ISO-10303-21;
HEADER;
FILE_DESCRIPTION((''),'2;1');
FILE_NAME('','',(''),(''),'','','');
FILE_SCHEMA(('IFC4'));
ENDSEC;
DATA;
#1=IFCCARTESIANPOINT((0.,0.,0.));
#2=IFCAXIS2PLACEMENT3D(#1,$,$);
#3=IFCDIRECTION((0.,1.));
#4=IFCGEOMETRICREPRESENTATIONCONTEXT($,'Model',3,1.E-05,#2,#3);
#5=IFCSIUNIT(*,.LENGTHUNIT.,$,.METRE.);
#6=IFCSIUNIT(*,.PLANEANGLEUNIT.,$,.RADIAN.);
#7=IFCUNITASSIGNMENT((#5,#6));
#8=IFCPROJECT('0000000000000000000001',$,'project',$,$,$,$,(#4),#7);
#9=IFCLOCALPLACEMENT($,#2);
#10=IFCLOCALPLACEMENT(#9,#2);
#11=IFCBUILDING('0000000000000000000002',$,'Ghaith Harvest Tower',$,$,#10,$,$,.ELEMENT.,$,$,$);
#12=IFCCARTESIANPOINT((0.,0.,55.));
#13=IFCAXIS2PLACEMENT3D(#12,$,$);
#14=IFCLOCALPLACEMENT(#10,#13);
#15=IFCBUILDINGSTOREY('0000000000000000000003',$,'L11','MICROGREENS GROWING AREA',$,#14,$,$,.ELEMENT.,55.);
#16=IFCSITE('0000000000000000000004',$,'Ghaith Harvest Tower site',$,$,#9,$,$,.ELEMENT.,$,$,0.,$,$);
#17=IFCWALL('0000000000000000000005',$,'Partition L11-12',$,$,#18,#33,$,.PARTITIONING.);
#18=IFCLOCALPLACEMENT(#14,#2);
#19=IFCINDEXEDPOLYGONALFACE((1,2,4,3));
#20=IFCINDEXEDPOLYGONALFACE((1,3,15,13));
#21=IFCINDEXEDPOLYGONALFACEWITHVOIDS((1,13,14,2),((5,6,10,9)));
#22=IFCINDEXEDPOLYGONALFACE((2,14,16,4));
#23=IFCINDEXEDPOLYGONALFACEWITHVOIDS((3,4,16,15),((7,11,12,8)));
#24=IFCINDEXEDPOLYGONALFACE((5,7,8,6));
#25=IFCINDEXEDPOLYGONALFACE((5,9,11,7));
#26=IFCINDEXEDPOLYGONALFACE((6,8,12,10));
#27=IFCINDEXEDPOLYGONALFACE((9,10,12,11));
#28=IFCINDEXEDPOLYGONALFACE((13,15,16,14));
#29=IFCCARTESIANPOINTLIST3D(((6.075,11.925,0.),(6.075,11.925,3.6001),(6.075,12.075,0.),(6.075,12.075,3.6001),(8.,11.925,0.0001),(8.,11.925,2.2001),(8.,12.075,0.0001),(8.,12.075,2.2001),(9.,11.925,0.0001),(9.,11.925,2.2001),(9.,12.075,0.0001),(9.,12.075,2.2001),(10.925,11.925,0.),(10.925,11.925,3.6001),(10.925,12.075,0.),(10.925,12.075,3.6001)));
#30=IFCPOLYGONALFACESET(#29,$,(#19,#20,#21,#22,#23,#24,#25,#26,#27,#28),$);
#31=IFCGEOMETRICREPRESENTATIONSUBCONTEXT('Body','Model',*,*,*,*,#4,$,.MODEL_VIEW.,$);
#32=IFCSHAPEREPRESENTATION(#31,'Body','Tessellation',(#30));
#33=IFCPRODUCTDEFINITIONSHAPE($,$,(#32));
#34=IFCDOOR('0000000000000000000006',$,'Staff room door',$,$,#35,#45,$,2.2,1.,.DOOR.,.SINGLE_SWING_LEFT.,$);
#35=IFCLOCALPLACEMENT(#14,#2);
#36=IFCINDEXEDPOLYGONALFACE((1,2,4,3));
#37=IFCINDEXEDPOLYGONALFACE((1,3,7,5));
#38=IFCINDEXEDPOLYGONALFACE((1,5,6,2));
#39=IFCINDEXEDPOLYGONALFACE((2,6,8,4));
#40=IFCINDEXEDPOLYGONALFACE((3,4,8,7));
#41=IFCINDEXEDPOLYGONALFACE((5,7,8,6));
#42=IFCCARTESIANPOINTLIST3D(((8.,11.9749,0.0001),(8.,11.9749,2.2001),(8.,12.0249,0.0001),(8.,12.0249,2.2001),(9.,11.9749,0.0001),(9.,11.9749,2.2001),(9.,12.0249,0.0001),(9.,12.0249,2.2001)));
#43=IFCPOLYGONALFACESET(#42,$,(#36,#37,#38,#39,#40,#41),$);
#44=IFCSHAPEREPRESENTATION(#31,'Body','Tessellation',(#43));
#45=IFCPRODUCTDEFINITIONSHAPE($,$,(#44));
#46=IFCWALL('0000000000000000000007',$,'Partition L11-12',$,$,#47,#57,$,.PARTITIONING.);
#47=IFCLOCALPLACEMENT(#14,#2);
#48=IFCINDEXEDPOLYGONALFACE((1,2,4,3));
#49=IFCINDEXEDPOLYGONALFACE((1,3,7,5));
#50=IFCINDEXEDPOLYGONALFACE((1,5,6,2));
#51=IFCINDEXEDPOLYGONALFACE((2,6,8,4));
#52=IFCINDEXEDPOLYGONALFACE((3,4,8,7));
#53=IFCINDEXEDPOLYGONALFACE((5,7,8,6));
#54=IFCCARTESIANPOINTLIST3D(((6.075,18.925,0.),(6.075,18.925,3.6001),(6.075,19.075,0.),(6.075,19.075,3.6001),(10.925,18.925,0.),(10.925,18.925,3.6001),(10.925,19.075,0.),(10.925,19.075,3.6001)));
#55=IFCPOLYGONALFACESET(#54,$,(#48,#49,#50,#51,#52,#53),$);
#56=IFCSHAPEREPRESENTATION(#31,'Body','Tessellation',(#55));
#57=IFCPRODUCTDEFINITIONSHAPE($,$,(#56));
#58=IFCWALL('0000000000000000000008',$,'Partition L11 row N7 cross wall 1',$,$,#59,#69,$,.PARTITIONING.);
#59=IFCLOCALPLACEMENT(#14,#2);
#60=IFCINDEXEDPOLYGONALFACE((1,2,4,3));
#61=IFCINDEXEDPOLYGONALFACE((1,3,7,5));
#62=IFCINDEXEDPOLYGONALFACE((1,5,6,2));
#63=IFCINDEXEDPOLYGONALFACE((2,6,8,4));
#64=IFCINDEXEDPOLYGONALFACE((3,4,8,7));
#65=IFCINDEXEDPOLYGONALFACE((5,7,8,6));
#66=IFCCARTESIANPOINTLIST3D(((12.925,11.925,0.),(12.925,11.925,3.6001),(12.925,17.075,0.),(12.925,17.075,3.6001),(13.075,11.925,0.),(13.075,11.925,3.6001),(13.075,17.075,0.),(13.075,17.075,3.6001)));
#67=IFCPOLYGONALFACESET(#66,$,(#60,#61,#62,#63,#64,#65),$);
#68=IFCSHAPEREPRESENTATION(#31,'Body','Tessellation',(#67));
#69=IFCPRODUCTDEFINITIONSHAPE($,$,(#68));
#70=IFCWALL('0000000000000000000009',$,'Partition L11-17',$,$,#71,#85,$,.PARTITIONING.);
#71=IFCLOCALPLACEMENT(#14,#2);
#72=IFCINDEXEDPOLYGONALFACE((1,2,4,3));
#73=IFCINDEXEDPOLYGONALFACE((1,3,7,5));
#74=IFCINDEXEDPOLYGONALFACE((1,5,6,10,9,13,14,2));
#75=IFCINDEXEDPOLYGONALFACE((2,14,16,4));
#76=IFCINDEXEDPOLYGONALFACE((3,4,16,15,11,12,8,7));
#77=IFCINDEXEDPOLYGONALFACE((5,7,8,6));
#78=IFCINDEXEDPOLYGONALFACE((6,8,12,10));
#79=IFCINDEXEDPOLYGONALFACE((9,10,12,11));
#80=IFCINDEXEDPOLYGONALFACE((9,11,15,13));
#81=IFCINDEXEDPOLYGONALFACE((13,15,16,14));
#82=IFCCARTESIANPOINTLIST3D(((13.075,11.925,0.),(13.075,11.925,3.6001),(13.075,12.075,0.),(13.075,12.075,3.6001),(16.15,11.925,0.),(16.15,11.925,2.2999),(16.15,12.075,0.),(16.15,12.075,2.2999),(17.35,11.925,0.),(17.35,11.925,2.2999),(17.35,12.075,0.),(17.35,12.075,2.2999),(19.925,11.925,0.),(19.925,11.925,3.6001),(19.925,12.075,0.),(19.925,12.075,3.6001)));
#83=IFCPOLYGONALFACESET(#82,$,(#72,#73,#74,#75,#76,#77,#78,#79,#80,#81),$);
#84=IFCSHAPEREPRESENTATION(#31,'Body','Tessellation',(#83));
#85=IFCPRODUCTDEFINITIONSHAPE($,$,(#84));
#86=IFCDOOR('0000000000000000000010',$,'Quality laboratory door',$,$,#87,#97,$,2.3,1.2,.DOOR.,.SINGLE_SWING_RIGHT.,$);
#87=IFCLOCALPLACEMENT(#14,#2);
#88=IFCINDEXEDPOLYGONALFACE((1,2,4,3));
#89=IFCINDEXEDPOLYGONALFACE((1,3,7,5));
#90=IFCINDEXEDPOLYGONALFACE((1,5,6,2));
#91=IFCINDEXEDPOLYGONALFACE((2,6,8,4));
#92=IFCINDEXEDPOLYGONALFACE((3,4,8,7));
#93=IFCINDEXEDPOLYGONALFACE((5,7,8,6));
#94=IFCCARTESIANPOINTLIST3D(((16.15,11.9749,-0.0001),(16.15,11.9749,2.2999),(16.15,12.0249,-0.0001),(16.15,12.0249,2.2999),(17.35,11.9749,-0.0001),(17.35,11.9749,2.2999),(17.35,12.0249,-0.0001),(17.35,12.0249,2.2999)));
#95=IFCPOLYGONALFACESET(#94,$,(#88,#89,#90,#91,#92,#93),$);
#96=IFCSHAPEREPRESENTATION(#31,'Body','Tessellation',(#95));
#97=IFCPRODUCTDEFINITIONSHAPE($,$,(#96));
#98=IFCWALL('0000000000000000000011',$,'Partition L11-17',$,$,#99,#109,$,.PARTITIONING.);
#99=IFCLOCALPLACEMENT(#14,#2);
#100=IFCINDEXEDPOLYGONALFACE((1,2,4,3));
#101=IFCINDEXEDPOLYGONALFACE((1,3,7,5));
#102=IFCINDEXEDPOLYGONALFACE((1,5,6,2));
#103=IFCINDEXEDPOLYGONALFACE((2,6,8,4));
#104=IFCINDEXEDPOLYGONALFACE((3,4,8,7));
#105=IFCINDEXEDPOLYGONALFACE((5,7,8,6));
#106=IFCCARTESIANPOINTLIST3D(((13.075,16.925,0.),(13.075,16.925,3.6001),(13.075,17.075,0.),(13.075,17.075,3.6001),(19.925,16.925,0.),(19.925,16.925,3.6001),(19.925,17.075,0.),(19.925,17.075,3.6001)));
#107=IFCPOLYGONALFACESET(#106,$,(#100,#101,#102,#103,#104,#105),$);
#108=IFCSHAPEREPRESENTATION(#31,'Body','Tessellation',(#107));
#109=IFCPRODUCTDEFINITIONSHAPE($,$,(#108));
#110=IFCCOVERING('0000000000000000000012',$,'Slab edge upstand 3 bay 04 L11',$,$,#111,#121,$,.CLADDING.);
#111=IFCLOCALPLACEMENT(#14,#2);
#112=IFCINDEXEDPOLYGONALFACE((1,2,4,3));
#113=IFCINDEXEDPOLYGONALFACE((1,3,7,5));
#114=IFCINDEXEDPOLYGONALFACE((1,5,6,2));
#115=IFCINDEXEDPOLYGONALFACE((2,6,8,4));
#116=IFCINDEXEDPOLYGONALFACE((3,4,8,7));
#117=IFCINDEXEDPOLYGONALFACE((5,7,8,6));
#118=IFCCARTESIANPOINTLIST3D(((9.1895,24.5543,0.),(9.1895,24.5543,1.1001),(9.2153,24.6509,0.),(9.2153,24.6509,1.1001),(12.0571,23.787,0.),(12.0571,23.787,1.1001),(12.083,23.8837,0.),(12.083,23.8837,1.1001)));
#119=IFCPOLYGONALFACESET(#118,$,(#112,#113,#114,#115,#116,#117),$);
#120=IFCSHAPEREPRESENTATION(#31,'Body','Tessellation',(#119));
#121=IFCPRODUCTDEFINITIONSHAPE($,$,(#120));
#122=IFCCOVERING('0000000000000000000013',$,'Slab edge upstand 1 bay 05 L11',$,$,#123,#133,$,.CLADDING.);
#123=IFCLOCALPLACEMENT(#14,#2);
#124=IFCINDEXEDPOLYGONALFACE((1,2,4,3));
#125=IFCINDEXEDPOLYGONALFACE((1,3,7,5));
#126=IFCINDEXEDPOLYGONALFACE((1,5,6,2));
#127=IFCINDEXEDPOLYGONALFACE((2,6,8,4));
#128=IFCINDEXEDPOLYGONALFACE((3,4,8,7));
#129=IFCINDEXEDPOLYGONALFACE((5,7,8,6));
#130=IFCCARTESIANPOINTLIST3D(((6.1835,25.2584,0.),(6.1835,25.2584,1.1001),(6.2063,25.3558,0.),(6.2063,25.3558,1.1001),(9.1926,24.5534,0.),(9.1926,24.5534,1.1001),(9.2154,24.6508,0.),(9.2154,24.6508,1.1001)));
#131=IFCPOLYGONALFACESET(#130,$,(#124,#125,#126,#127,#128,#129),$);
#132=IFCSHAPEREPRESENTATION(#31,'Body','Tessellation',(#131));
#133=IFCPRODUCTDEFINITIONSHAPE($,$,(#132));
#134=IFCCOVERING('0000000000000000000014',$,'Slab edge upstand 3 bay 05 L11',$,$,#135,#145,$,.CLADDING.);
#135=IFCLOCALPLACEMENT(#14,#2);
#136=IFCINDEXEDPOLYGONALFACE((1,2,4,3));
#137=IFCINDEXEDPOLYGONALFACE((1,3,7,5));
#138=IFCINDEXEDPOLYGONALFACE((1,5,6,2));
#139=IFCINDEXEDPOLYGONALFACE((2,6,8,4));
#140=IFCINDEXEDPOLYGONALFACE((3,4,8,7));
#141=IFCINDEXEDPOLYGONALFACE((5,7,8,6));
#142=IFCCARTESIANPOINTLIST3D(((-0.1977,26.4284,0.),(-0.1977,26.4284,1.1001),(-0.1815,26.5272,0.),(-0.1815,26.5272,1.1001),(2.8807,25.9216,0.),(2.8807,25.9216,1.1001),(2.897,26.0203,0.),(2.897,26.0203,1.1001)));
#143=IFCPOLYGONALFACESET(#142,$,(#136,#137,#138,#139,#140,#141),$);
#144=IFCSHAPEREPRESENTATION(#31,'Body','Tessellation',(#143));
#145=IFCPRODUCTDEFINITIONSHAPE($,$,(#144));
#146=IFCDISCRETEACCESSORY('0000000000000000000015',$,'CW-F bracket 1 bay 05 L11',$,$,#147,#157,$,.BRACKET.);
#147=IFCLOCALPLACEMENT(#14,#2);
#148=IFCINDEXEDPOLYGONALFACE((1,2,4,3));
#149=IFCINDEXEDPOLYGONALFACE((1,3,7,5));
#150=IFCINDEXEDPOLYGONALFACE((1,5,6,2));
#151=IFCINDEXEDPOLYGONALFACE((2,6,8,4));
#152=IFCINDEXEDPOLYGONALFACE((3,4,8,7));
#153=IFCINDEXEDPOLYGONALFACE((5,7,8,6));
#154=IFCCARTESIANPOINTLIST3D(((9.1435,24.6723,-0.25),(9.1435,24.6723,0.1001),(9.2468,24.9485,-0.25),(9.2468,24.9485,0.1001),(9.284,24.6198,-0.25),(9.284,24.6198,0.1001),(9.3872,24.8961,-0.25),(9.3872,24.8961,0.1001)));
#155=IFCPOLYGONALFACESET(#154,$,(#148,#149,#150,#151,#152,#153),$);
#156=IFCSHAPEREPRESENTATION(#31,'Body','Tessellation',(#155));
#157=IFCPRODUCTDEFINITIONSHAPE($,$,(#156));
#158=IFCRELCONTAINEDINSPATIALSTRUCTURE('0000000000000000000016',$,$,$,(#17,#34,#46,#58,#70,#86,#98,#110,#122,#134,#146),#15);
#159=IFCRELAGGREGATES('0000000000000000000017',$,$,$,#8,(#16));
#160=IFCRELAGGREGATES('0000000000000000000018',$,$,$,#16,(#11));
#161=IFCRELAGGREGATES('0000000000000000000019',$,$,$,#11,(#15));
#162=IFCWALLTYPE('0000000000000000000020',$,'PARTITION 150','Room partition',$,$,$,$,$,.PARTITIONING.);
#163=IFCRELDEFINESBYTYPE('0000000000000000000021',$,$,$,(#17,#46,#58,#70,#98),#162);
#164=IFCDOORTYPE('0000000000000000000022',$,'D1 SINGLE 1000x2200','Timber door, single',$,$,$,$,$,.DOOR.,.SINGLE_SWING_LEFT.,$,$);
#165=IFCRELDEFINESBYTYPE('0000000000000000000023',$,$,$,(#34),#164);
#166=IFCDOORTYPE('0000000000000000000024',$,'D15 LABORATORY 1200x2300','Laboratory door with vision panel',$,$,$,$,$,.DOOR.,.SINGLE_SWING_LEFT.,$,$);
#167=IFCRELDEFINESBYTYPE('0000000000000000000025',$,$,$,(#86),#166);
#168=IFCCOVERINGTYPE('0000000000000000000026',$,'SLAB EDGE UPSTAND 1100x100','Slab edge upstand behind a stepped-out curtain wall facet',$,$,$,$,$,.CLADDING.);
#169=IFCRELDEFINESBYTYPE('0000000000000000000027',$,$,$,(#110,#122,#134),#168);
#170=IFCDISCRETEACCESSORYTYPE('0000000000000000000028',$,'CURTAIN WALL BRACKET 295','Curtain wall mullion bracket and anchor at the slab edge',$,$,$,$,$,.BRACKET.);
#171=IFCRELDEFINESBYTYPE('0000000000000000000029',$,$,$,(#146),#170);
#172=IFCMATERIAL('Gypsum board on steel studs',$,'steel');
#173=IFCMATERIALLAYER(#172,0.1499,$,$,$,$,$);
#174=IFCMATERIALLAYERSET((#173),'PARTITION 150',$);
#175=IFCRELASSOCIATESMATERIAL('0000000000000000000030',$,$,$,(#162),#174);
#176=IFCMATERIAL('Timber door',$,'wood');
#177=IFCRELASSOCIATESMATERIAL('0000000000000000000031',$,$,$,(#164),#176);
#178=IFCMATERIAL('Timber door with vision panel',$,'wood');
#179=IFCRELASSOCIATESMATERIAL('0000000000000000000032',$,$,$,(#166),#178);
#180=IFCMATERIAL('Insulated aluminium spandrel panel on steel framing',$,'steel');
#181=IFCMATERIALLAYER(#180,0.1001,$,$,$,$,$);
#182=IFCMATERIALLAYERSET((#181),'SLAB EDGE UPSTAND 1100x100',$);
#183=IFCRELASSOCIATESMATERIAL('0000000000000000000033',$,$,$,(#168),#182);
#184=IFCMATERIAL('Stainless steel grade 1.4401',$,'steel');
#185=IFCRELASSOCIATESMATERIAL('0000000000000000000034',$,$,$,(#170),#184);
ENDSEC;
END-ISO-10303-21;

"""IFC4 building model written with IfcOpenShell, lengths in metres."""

from ifc_helpers import new_model, si_unit, direction, frame, frame_2d, origin, origin_2d, place, context, subcontext, project, spatial, rectangle, extrude, material, layer, layer_set, type_object, element, fill, save


model = new_model("IFC4")

# Units and contexts
model_context = context("Model", 3, precision=1e-05, world=origin(), true_north=direction((0.0, 1.0)))
body_context = subcontext(model_context, "Body", "Model", "MODEL_VIEW")
ifc_project = project(units=[si_unit("LENGTHUNIT", "METRE"), si_unit("PLANEANGLEUNIT", "RADIAN")], contexts=[model_context])

# Site, building, storey
site_placement = place(None, origin())
site = spatial("IfcSite", under=ifc_project, at=site_placement, Name="Ghaith Harvest Tower site", CompositionType="ELEMENT", RefElevation=0.0)
building_placement = place(site_placement, origin())
building = spatial("IfcBuilding", under=site, at=building_placement, Name="Ghaith Harvest Tower", CompositionType="ELEMENT")
storey_placement = place(building_placement, frame((0.0, 0.0, 55.0)))
storey = spatial("IfcBuildingStorey", under=building, at=storey_placement, Name="L11", Description="MICROGREENS GROWING AREA", CompositionType="ELEMENT", Elevation=55.0)

# Shared definitions
ifc_material_1 = material(Name="Gypsum board on steel studs", Category="steel")
ifc_layer_1 = layer(ifc_material_1, 0.1499)
ifc_layer_set_1 = layer_set([ifc_layer_1], Name="PARTITION 150")
wall_type = type_object("IfcWallType", Name="PARTITION 150", Description="Room partition", PredefinedType="PARTITIONING", material=ifc_layer_set_1)

# Wall, opening, door
wall_1_placement = place(storey_placement, frame((6.075, 12.0, 0.0), z_axis=(0.0, 0.0, 1.0), x_axis=(1.0, 0.0, 0.0)))
wall_1 = element("IfcWall", 1, at=wall_1_placement, inside=storey, type_object=wall_type, Name="Partition L11-12", PredefinedType="PARTITIONING", context=body_context, shape_type="SweptSolid", body=[
    extrude(rectangle(XDim=4.8501, YDim=0.1499, at=frame_2d((2.425, 0.0))), origin(), (0.0, 0.0, 1.0), 3.6001),
])
opening_1_placement = place(wall_1_placement, frame((1.925, 0.0, 0.0)))
opening_1 = element("IfcOpeningElement", 2, at=opening_1_placement, cuts=wall_1, PredefinedType="OPENING", context=body_context, shape_type="SweptSolid", body=[
    extrude(rectangle(XDim=1.0, YDim=2.2, at=frame_2d((0.5, 1.1001))), frame((0.0, 0.085, 0.0), z_axis=(0.0, -1.0, 0.0), x_axis=(1.0, 0.0, 0.0)), (0.0, 0.0, 1.0), 0.1699),
])
ifc_material_2 = material(Name="Timber door", Category="wood")
door_type_1 = type_object("IfcDoorType", Name="D1 SINGLE 1000x2200", Description="Timber door, single", OperationType="SINGLE_SWING_LEFT", PredefinedType="DOOR", material=ifc_material_2)
door_1_placement = place(opening_1_placement, origin())
door_1 = element("IfcDoor", 3, at=door_1_placement, inside=storey, type_object=door_type_1, Name="Staff room door", OperationType="SINGLE_SWING_LEFT", OverallHeight=2.2, OverallWidth=1.0, PredefinedType="DOOR", context=body_context, shape_type="SweptSolid", body=[
    extrude(rectangle(XDim=1.0, YDim=2.2, at=frame_2d((0.5, 1.1001))), frame((0.0, 0.0249, 0.0), z_axis=(0.0, -1.0, 0.0), x_axis=(1.0, 0.0, 0.0)), (0.0, 0.0, 1.0), 0.05),
])
fill(opening_1, door_1)

# Walls
wall_2_placement = place(storey_placement, frame((6.075, 19.0, 0.0), z_axis=(0.0, 0.0, 1.0), x_axis=(1.0, 0.0, 0.0)))
element("IfcWall", 4, at=wall_2_placement, inside=storey, type_object=wall_type, Name="Partition L11-12", PredefinedType="PARTITIONING", context=body_context, shape_type="SweptSolid", body=[
    extrude(rectangle(XDim=4.8501, YDim=0.1499, at=frame_2d((2.425, 0.0))), origin(), (0.0, 0.0, 1.0), 3.6001),
])
wall_3_placement = place(storey_placement, frame((13.0, 11.925, 0.0), z_axis=(0.0, 0.0, 1.0), x_axis=(0.0, 1.0, 0.0)))
element("IfcWall", 5, at=wall_3_placement, inside=storey, type_object=wall_type, Name="Partition L11 row N7 cross wall 1", PredefinedType="PARTITIONING", context=body_context, shape_type="SweptSolid", body=[
    extrude(rectangle(XDim=5.1499, YDim=0.1499, at=frame_2d((2.575, 0.0))), origin(), (0.0, 0.0, 1.0), 3.6001),
])

# Wall, opening, door
wall_4_placement = place(storey_placement, frame((13.075, 12.0, 0.0), z_axis=(0.0, 0.0, 1.0), x_axis=(1.0, 0.0, 0.0)))
wall_4 = element("IfcWall", 6, at=wall_4_placement, inside=storey, type_object=wall_type, Name="Partition L11-17", PredefinedType="PARTITIONING", context=body_context, shape_type="SweptSolid", body=[
    extrude(rectangle(XDim=6.8501, YDim=0.1499, at=frame_2d((3.425, 0.0))), origin(), (0.0, 0.0, 1.0), 3.6001),
])
opening_2_placement = place(wall_4_placement, frame((3.075, 0.0, 0.0)))
opening_2 = element("IfcOpeningElement", 7, at=opening_2_placement, cuts=wall_4, PredefinedType="OPENING", context=body_context, shape_type="SweptSolid", body=[
    extrude(rectangle(XDim=1.2, YDim=2.3, at=frame_2d((0.6001, 1.1499))), frame((0.0, 0.085, 0.0), z_axis=(0.0, -1.0, 0.0), x_axis=(1.0, 0.0, 0.0)), (0.0, 0.0, 1.0), 0.1699),
])
ifc_material_3 = material(Name="Timber door with vision panel", Category="wood")
door_type_2 = type_object("IfcDoorType", Name="D15 LABORATORY 1200x2300", Description="Laboratory door with vision panel", OperationType="SINGLE_SWING_LEFT", PredefinedType="DOOR", material=ifc_material_3)
door_2_placement = place(opening_2_placement, origin())
door_2 = element("IfcDoor", 8, at=door_2_placement, inside=storey, type_object=door_type_2, Name="Quality laboratory door", OperationType="SINGLE_SWING_RIGHT", OverallHeight=2.3, OverallWidth=1.2, PredefinedType="DOOR", context=body_context, shape_type="SweptSolid", body=[
    extrude(rectangle(XDim=1.2, YDim=2.3, at=frame_2d((0.6001, 1.1499))), frame((0.0, 0.0249, 0.0), z_axis=(0.0, -1.0, 0.0), x_axis=(1.0, 0.0, 0.0)), (0.0, 0.0, 1.0), 0.05),
])
fill(opening_2, door_2)

# Wall
wall_5_placement = place(storey_placement, frame((13.075, 17.0, 0.0), z_axis=(0.0, 0.0, 1.0), x_axis=(1.0, 0.0, 0.0)))
element("IfcWall", 9, at=wall_5_placement, inside=storey, type_object=wall_type, Name="Partition L11-17", PredefinedType="PARTITIONING", context=body_context, shape_type="SweptSolid", body=[
    extrude(rectangle(XDim=6.8501, YDim=0.1499, at=frame_2d((3.425, 0.0))), origin(), (0.0, 0.0, 1.0), 3.6001),
])

# Coverings
ifc_material_4 = material(Name="Insulated aluminium spandrel panel on steel framing", Category="steel")
ifc_layer_2 = layer(ifc_material_4, 0.1001)
ifc_layer_set_2 = layer_set([ifc_layer_2], Name="SLAB EDGE UPSTAND 1100x100")
covering_type = type_object("IfcCoveringType", Name="SLAB EDGE UPSTAND 1100x100", Description="Slab edge upstand behind a stepped-out curtain wall facet", PredefinedType="CLADDING", material=ifc_layer_set_2)
covering_1_placement = place(storey_placement, frame((10.6362, 24.219, 0.0), z_axis=(0.0, 0.0, 1.0), x_axis=(-0.966024, 0.258451, 0.0)))
element("IfcCovering", 10, at=covering_1_placement, inside=storey, type_object=covering_type, Name="Slab edge upstand 3 bay 04 L11", PredefinedType="CLADDING", context=body_context, shape_type="SweptSolid", body=[
    extrude(rectangle(XDim=2.9685, YDim=0.1001, at=origin_2d()), origin(), (0.0, 0.0, 1.0), 1.1001),
])
covering_2_placement = place(storey_placement, frame((7.6995, 24.9546, 0.0), z_axis=(0.0, 0.0, 1.0), x_axis=(-0.973634, 0.228115, 0.0)))
element("IfcCovering", 11, at=covering_2_placement, inside=storey, type_object=covering_type, Name="Slab edge upstand 1 bay 05 L11", PredefinedType="CLADDING", context=body_context, shape_type="SweptSolid", body=[
    extrude(rectangle(XDim=3.0906, YDim=0.1001, at=origin_2d()), origin(), (0.0, 0.0, 1.0), 1.1001),
])
covering_3_placement = place(storey_placement, frame((1.3496, 26.2244, 0.0), z_axis=(0.0, 0.0, 1.0), x_axis=(-0.986716, 0.162453, 0.0)))
element("IfcCovering", 12, at=covering_3_placement, inside=storey, type_object=covering_type, Name="Slab edge upstand 3 bay 05 L11", PredefinedType="CLADDING", context=body_context, shape_type="SweptSolid", body=[
    extrude(rectangle(XDim=3.1199, YDim=0.1001, at=origin_2d()), origin(), (0.0, 0.0, 1.0), 1.1001),
])

# Discrete accessory
ifc_material_5 = material(Name="Stainless steel grade 1.4401", Category="steel")
discrete_accessory_type = type_object("IfcDiscreteAccessoryType", Name="CURTAIN WALL BRACKET 295", Description="Curtain wall mullion bracket and anchor at the slab edge", PredefinedType="BRACKET", material=ifc_material_5)
discrete_accessory_placement = place(storey_placement, frame((9.2654, 24.7842, -0.25), z_axis=(0.0, 0.0, 1.0), x_axis=(0.350168, 0.936687, 0.0)))
element("IfcDiscreteAccessory", 13, at=discrete_accessory_placement, inside=storey, type_object=discrete_accessory_type, Name="CW-F bracket 1 bay 05 L11", PredefinedType="BRACKET", context=body_context, shape_type="SweptSolid", body=[
    extrude(rectangle(XDim=0.2949, YDim=0.1499, at=origin_2d()), origin(), (0.0, 0.0, 1.0), 0.3501),
])

save(model, "model.ifc")
